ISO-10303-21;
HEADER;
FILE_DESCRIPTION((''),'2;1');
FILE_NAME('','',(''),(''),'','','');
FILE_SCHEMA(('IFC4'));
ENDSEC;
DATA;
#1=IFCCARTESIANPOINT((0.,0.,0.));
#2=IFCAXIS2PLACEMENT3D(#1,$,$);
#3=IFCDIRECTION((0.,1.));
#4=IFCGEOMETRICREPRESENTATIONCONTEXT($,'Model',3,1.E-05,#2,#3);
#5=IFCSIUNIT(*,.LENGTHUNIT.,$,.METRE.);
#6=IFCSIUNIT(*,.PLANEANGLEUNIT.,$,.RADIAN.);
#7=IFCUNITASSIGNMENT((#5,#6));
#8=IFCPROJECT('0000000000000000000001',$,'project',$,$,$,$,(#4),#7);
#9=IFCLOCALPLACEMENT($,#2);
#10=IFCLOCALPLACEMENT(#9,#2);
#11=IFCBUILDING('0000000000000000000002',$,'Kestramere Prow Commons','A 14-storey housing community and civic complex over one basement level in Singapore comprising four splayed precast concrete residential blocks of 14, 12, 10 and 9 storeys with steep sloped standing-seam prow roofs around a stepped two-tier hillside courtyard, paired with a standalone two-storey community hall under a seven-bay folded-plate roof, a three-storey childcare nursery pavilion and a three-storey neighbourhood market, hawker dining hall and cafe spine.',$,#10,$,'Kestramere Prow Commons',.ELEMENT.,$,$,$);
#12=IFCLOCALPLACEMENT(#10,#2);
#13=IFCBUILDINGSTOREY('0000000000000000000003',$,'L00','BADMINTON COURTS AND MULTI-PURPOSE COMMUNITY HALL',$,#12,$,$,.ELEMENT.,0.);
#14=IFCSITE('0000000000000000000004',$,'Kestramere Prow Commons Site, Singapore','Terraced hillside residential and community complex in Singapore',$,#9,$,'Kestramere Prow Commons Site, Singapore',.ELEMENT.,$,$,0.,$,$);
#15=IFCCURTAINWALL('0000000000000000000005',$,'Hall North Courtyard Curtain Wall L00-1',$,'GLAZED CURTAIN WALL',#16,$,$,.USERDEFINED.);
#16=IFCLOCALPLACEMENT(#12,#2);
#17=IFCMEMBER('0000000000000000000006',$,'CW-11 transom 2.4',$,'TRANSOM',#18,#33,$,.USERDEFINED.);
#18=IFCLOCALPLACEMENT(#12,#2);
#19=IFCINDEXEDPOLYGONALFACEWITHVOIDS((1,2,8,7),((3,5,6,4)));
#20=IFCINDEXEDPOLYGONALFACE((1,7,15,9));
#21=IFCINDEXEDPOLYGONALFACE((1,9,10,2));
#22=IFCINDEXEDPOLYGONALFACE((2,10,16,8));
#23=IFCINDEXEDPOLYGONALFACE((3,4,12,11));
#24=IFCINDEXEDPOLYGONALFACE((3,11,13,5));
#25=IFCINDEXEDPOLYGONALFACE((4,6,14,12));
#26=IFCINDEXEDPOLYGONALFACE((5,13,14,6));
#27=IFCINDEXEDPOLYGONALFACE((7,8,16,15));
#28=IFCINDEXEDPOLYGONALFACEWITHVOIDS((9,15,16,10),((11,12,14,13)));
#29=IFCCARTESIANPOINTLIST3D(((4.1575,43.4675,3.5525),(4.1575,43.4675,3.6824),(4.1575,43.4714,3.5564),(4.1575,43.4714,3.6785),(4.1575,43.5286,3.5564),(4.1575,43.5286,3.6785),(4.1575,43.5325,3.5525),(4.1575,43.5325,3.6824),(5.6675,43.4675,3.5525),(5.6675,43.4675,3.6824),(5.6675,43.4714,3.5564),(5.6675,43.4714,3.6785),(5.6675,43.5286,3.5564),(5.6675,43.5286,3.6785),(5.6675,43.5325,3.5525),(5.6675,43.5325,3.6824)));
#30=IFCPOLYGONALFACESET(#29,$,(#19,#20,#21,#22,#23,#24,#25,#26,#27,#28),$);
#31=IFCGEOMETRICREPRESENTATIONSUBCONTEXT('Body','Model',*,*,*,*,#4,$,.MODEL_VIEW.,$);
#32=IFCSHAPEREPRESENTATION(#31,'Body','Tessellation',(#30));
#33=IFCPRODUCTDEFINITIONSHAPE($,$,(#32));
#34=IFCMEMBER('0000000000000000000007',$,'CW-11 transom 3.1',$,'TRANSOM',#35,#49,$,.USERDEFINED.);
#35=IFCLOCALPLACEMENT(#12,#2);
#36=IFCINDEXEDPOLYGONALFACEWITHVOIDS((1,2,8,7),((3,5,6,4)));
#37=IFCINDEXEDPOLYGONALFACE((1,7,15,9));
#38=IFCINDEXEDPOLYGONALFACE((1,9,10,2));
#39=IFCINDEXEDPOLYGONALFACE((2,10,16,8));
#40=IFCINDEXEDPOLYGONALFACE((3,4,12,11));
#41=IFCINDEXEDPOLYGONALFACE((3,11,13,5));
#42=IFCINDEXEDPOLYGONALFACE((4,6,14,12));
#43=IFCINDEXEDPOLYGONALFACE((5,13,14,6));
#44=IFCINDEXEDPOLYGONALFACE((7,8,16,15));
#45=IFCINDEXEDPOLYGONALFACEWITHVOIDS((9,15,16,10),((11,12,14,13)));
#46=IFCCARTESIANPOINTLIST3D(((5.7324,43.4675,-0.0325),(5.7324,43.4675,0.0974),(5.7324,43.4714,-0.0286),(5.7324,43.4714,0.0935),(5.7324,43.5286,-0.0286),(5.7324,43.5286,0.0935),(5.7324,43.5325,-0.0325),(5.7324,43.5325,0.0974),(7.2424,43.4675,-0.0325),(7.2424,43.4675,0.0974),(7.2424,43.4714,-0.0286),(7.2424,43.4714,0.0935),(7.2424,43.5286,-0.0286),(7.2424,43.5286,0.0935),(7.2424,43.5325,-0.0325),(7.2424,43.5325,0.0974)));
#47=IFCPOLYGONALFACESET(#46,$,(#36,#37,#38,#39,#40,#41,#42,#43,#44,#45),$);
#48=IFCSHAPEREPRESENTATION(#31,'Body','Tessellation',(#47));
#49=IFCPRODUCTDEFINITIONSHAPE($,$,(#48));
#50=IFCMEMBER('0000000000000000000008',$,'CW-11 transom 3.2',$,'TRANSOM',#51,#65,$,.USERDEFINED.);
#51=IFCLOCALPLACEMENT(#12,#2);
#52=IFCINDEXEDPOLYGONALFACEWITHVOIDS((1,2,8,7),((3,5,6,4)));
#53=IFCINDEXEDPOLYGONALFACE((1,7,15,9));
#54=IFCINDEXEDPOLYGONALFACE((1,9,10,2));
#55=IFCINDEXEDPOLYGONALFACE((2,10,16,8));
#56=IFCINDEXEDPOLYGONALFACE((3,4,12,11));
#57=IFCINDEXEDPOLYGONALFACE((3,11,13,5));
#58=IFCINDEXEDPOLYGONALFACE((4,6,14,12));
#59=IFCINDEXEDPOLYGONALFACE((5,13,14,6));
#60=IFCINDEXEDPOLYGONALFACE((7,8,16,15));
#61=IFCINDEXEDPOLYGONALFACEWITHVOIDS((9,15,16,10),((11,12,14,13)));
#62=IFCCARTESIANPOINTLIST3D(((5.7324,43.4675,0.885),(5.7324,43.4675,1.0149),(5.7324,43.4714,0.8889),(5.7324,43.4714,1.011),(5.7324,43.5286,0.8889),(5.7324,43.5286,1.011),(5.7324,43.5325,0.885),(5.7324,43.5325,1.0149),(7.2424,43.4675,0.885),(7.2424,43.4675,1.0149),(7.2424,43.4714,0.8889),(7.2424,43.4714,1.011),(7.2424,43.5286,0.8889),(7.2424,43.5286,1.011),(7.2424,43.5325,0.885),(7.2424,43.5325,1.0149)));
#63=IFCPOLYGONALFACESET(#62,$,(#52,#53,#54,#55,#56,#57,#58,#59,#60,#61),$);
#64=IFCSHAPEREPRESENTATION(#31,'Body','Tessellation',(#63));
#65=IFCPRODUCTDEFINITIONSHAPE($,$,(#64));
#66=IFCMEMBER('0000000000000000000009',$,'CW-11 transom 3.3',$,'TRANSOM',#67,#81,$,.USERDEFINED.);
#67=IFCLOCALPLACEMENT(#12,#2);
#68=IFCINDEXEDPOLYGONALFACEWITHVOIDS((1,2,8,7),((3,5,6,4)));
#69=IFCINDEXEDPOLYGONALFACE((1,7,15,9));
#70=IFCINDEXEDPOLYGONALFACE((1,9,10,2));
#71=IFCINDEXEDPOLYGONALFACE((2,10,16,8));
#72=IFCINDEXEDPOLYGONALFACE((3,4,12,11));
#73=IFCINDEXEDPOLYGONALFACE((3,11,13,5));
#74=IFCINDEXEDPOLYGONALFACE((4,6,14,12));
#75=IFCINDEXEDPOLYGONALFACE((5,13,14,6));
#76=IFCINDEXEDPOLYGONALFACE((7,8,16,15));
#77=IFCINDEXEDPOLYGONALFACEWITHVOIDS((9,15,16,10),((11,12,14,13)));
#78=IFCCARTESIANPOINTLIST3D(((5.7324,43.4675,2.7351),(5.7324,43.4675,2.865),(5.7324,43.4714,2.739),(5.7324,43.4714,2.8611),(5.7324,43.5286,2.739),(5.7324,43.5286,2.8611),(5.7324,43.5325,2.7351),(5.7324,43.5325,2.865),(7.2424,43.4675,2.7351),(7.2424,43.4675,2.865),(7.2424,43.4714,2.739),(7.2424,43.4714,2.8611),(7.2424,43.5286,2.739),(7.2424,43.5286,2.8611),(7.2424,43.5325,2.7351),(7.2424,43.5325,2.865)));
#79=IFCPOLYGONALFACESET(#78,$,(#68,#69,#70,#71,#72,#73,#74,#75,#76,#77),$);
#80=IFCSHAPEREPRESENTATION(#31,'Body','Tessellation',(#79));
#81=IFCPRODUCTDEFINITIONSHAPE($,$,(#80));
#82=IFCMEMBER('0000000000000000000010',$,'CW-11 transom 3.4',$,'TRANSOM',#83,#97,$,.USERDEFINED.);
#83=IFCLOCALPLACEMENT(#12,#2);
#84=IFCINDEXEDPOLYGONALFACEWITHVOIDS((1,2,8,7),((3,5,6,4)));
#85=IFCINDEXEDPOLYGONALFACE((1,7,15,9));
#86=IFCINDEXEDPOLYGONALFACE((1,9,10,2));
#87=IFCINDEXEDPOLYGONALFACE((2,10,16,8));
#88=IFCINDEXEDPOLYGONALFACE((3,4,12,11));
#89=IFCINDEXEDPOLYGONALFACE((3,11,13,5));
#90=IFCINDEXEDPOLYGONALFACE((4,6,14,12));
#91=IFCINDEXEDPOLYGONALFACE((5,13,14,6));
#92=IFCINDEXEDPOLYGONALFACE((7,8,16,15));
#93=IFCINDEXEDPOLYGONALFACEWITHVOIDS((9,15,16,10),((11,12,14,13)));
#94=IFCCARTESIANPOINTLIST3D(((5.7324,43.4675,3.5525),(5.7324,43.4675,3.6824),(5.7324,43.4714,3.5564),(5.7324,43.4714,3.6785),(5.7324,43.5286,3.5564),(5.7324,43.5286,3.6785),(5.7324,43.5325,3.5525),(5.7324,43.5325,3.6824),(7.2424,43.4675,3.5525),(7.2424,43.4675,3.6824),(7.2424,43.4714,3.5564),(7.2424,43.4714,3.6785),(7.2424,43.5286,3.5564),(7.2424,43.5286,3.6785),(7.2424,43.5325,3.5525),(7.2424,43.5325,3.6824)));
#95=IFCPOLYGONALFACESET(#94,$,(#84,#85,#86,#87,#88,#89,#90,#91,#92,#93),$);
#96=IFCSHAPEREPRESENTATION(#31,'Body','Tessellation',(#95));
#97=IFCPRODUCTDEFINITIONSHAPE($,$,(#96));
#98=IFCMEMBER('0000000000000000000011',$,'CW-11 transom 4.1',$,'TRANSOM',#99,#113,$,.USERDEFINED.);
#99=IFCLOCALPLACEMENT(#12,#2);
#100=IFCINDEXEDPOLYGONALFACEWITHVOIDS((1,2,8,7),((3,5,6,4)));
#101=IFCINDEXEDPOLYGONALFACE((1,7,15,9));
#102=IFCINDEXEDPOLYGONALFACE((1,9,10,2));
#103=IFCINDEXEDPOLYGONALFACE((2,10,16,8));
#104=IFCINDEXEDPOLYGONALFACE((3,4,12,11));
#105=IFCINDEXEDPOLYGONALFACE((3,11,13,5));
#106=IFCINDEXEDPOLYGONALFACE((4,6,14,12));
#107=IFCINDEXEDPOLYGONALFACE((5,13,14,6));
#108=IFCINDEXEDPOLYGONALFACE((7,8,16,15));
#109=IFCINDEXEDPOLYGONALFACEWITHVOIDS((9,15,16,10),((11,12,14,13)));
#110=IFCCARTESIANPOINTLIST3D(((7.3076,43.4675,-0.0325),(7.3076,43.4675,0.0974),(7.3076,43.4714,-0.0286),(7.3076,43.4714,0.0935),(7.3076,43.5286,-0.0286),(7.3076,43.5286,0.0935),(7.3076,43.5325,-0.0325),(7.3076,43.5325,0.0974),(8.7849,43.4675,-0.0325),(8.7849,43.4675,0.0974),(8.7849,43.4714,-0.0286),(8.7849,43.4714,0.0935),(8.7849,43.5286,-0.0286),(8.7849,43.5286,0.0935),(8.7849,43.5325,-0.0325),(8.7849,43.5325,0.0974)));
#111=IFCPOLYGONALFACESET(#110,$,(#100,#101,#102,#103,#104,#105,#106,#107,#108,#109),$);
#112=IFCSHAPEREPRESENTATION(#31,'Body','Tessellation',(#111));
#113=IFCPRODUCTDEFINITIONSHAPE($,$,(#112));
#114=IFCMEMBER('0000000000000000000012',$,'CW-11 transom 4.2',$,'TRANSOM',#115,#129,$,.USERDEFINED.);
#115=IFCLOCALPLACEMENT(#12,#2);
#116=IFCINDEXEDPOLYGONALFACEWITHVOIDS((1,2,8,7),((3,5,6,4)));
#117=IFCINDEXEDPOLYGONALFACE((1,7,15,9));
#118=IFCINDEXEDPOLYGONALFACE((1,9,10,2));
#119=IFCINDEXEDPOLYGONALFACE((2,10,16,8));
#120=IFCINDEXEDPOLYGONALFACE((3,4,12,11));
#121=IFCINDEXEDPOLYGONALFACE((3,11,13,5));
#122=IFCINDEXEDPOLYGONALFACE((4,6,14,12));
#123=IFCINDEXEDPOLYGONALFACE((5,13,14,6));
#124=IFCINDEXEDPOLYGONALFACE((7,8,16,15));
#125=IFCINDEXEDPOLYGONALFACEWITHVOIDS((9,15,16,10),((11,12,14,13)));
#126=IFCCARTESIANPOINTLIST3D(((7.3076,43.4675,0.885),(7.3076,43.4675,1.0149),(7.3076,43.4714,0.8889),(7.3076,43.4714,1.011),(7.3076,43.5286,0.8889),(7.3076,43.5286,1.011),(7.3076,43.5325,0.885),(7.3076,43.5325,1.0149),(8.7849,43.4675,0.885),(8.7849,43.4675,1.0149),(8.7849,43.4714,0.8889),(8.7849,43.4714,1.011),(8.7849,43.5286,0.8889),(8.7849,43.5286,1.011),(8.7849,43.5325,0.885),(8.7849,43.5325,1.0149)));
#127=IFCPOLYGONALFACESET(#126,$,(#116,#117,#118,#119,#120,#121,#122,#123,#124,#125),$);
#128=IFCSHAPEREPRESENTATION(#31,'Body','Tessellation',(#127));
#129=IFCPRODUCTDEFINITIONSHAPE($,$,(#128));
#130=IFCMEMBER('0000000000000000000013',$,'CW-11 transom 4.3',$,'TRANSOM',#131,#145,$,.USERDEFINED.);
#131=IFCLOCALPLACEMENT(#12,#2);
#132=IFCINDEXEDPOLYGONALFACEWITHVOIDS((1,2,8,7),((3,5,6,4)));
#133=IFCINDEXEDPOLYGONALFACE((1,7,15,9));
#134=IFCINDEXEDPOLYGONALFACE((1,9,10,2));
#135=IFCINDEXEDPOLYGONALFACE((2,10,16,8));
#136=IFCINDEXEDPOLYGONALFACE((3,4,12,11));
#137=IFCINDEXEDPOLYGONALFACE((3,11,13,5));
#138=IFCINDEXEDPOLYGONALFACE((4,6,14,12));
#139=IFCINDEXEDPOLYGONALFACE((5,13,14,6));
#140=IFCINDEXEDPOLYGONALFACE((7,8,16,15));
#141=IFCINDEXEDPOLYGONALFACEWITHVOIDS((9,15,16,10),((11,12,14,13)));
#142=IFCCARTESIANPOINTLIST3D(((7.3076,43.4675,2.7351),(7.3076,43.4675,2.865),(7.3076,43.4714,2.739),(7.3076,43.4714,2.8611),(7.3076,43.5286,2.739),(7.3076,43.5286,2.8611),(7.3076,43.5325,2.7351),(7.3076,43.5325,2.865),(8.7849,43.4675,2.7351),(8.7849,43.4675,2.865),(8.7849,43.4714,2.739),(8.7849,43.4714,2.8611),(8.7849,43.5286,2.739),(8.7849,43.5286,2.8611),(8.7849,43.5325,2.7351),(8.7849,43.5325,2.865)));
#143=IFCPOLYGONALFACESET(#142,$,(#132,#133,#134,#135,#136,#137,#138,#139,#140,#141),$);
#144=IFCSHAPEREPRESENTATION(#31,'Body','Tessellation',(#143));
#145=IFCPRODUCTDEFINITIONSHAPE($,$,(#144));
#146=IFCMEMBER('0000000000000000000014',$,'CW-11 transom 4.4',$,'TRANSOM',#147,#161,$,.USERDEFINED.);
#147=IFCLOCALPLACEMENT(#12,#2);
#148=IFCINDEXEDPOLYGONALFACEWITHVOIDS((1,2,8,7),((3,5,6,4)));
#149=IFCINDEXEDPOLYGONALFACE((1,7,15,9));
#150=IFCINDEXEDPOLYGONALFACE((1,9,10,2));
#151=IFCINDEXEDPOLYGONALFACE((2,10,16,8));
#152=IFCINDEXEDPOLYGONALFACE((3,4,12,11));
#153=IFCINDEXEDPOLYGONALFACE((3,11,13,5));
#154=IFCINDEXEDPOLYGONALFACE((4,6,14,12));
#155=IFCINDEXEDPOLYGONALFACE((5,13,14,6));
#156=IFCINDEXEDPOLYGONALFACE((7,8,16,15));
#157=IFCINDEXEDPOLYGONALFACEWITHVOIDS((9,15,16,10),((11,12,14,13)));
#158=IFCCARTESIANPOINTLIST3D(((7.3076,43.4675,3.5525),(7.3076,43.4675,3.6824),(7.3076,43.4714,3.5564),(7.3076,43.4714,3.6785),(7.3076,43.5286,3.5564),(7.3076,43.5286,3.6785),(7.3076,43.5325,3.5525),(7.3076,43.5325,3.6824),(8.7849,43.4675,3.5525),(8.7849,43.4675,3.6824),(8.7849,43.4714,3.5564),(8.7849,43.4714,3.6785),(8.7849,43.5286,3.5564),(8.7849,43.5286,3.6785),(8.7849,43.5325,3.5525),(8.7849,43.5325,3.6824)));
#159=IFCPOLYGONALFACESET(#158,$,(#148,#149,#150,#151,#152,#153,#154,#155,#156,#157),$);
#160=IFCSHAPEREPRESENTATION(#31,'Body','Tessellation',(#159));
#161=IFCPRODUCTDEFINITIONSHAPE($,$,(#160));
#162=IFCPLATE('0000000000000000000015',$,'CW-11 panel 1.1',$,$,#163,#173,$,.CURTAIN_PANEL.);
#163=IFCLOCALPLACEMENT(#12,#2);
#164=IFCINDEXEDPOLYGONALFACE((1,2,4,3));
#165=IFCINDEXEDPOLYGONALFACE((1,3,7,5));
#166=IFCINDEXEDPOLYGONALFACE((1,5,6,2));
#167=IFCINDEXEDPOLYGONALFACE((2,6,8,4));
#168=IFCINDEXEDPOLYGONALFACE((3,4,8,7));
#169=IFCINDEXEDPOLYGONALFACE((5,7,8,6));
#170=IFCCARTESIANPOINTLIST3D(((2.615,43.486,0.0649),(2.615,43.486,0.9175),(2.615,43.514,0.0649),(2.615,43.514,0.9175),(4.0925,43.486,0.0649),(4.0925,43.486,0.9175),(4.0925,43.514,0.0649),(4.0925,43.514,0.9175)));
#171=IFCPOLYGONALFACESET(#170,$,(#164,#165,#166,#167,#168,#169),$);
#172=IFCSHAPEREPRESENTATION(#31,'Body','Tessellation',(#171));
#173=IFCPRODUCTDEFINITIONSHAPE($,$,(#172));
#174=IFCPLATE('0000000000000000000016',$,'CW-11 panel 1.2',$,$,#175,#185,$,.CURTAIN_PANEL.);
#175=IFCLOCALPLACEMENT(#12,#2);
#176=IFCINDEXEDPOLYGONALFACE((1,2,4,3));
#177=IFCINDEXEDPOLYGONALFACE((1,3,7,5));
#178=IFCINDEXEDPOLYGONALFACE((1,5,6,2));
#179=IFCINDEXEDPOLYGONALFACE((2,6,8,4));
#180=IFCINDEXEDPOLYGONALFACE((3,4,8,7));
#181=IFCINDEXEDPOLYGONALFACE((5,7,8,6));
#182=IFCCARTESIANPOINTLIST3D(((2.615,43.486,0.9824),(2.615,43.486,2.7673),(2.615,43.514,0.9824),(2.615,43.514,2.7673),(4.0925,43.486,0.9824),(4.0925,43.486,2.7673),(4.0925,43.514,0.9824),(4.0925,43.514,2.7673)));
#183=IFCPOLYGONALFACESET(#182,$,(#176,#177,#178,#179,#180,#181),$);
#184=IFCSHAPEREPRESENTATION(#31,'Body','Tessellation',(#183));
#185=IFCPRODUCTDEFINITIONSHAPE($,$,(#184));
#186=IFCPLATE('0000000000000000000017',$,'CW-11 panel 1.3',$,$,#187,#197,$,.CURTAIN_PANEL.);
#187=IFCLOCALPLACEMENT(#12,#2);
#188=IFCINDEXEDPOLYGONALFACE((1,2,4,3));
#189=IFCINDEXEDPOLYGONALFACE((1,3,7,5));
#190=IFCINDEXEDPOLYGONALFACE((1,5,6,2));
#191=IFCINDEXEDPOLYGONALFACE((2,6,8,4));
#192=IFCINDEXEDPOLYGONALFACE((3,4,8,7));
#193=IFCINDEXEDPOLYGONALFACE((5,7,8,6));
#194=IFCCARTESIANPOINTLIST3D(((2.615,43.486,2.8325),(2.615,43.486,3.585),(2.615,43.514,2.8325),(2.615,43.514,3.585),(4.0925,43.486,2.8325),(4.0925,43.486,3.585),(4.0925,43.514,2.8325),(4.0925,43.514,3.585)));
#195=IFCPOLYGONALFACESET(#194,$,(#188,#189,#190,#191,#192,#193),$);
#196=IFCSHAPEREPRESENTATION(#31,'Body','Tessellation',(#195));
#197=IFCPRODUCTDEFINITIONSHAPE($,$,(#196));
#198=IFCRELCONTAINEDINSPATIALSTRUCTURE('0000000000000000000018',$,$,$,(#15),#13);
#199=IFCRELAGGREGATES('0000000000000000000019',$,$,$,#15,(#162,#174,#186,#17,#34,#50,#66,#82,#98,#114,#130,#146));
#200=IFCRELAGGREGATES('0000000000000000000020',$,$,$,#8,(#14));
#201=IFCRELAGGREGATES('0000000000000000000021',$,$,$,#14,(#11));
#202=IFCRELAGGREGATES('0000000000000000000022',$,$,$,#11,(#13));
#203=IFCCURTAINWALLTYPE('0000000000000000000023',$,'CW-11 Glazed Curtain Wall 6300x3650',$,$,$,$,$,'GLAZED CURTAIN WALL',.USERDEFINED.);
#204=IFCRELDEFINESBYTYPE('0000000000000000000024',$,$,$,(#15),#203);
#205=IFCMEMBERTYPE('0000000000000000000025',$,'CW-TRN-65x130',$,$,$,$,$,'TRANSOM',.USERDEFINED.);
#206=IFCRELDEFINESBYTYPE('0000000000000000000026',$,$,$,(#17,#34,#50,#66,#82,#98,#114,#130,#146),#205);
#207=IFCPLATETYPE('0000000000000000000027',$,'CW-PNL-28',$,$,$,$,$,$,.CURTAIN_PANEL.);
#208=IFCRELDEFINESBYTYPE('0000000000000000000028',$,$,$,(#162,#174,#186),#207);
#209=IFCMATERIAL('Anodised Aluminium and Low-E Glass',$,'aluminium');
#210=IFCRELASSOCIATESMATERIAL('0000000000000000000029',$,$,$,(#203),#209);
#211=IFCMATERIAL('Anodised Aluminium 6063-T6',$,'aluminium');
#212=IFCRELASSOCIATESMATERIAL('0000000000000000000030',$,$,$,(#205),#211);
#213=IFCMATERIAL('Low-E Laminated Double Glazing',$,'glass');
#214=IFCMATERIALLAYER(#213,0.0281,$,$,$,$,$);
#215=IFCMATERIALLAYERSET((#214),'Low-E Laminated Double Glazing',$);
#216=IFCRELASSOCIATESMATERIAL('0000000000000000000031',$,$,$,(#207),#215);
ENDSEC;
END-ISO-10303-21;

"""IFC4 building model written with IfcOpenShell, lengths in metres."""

from ifc_helpers import new_model, si_unit, direction, frame, origin, origin_2d, place, context, subcontext, project, spatial, rectangle, hollow_rectangle, extrude, material, layer, layer_set, material_profile, profile_set, type_object, element, aggregate, save


model = new_model("IFC4")

# Units and contexts
model_context = context("Model", 3, precision=1e-05, world=origin(), true_north=direction((0.0, 1.0)))
body_context = subcontext(model_context, "Body", "Model", "MODEL_VIEW")
ifc_project = project(units=[si_unit("LENGTHUNIT", "METRE"), si_unit("PLANEANGLEUNIT", "RADIAN")], contexts=[model_context])

# Site, building, storey
site_placement = place(None, origin())
site = spatial("IfcSite", under=ifc_project, at=site_placement, Name="Kestramere Prow Commons Site, Singapore", Description="Terraced hillside residential and community complex in Singapore", LongName="Kestramere Prow Commons Site, Singapore", CompositionType="ELEMENT", RefElevation=0.0)
building_placement = place(site_placement, origin())
building = spatial("IfcBuilding", under=site, at=building_placement, Name="Kestramere Prow Commons", Description="A 14-storey housing community and civic complex over one basement level in Singapore comprising four splayed precast concrete residential blocks of 14, 12, 10 and 9 storeys with steep sloped standing-seam prow roofs around a stepped two-tier hillside courtyard, paired with a standalone two-storey community hall under a seven-bay folded-plate roof, a three-storey childcare nursery pavilion and a three-storey neighbourhood market, hawker dining hall and cafe spine.", LongName="Kestramere Prow Commons", CompositionType="ELEMENT")
storey_placement = place(building_placement, origin())
storey = spatial("IfcBuildingStorey", under=building, at=storey_placement, Name="L00", Description="BADMINTON COURTS AND MULTI-PURPOSE COMMUNITY HALL", CompositionType="ELEMENT", Elevation=0.0)

# Curtain wall, members, plates
ifc_material_1 = material(Name="Anodised Aluminium and Low-E Glass", Category="aluminium")
curtain_wall_type = type_object("IfcCurtainWallType", Name="CW-11 Glazed Curtain Wall 6300x3650", ElementType="GLAZED CURTAIN WALL", PredefinedType="USERDEFINED", material=ifc_material_1)
curtain_wall_placement = place(storey_placement, origin())
curtain_wall = element("IfcCurtainWall", 1, at=curtain_wall_placement, inside=storey, type_object=curtain_wall_type, Name="Hall North Courtyard Curtain Wall L00-1", ObjectType="GLAZED CURTAIN WALL", PredefinedType="USERDEFINED")
ifc_material_2 = material(Name="Anodised Aluminium 6063-T6", Category="aluminium")
ifc_material_profile_1 = material_profile(ifc_material_2, hollow_rectangle(XDim=0.0649, YDim=0.1299, WallThickness=0.0039, at=origin_2d()), Name="ALU-TRN 65x130")
ifc_profile_set_1 = profile_set([ifc_material_profile_1], Name="Anodised Aluminium 6063-T6")
member_type_1 = type_object("IfcMemberType", Name="CW-TRN-65x130", ElementType="TRANSOM", PredefinedType="USERDEFINED", material=ifc_profile_set_1)
member_1_placement = place(storey_placement, frame((4.1575, 43.5, 3.6174), z_axis=(1.0, 0.0, 0.0), x_axis=(0.0, 1.0, 0.0)))
member_1 = element("IfcMember", 2, at=member_1_placement, type_object=member_type_1, Name="CW-11 transom 2.4", ObjectType="TRANSOM", PredefinedType="USERDEFINED", context=body_context, shape_type="SweptSolid", body=[
    extrude(hollow_rectangle(XDim=0.0649, YDim=0.1299, WallThickness=0.0039, at=origin_2d()), origin(), (0.0, 0.0, 1.0), 1.51),
])
member_2_placement = place(storey_placement, frame((5.7324, 43.5, 0.0325), z_axis=(1.0, 0.0, 0.0), x_axis=(0.0, 1.0, 0.0)))
member_2 = element("IfcMember", 3, at=member_2_placement, type_object=member_type_1, Name="CW-11 transom 3.1", ObjectType="TRANSOM", PredefinedType="USERDEFINED", context=body_context, shape_type="SweptSolid", body=[
    extrude(hollow_rectangle(XDim=0.0649, YDim=0.1299, WallThickness=0.0039, at=origin_2d()), origin(), (0.0, 0.0, 1.0), 1.51),
])
member_3_placement = place(storey_placement, frame((5.7324, 43.5, 0.95), z_axis=(1.0, 0.0, 0.0), x_axis=(0.0, 1.0, 0.0)))
member_3 = element("IfcMember", 4, at=member_3_placement, type_object=member_type_1, Name="CW-11 transom 3.2", ObjectType="TRANSOM", PredefinedType="USERDEFINED", context=body_context, shape_type="SweptSolid", body=[
    extrude(hollow_rectangle(XDim=0.0649, YDim=0.1299, WallThickness=0.0039, at=origin_2d()), origin(), (0.0, 0.0, 1.0), 1.51),
])
member_4_placement = place(storey_placement, frame((5.7324, 43.5, 2.8), z_axis=(1.0, 0.0, 0.0), x_axis=(0.0, 1.0, 0.0)))
member_4 = element("IfcMember", 5, at=member_4_placement, type_object=member_type_1, Name="CW-11 transom 3.3", ObjectType="TRANSOM", PredefinedType="USERDEFINED", context=body_context, shape_type="SweptSolid", body=[
    extrude(hollow_rectangle(XDim=0.0649, YDim=0.1299, WallThickness=0.0039, at=origin_2d()), origin(), (0.0, 0.0, 1.0), 1.51),
])
member_5_placement = place(storey_placement, frame((5.7324, 43.5, 3.6174), z_axis=(1.0, 0.0, 0.0), x_axis=(0.0, 1.0, 0.0)))
member_5 = element("IfcMember", 6, at=member_5_placement, type_object=member_type_1, Name="CW-11 transom 3.4", ObjectType="TRANSOM", PredefinedType="USERDEFINED", context=body_context, shape_type="SweptSolid", body=[
    extrude(hollow_rectangle(XDim=0.0649, YDim=0.1299, WallThickness=0.0039, at=origin_2d()), origin(), (0.0, 0.0, 1.0), 1.51),
])
member_6_placement = place(storey_placement, frame((7.3076, 43.5, 0.0325), z_axis=(1.0, 0.0, 0.0), x_axis=(0.0, 1.0, 0.0)))
member_6 = element("IfcMember", 7, at=member_6_placement, type_object=member_type_1, Name="CW-11 transom 4.1", ObjectType="TRANSOM", PredefinedType="USERDEFINED", context=body_context, shape_type="SweptSolid", body=[
    extrude(hollow_rectangle(XDim=0.0649, YDim=0.1299, WallThickness=0.0039, at=origin_2d()), origin(), (0.0, 0.0, 1.0), 1.4773),
])
member_7_placement = place(storey_placement, frame((7.3076, 43.5, 0.95), z_axis=(1.0, 0.0, 0.0), x_axis=(0.0, 1.0, 0.0)))
member_7 = element("IfcMember", 8, at=member_7_placement, type_object=member_type_1, Name="CW-11 transom 4.2", ObjectType="TRANSOM", PredefinedType="USERDEFINED", context=body_context, shape_type="SweptSolid", body=[
    extrude(hollow_rectangle(XDim=0.0649, YDim=0.1299, WallThickness=0.0039, at=origin_2d()), origin(), (0.0, 0.0, 1.0), 1.4773),
])
member_8_placement = place(storey_placement, frame((7.3076, 43.5, 2.8), z_axis=(1.0, 0.0, 0.0), x_axis=(0.0, 1.0, 0.0)))
member_8 = element("IfcMember", 9, at=member_8_placement, type_object=member_type_1, Name="CW-11 transom 4.3", ObjectType="TRANSOM", PredefinedType="USERDEFINED", context=body_context, shape_type="SweptSolid", body=[
    extrude(hollow_rectangle(XDim=0.0649, YDim=0.1299, WallThickness=0.0039, at=origin_2d()), origin(), (0.0, 0.0, 1.0), 1.4773),
])
member_9_placement = place(storey_placement, frame((7.3076, 43.5, 3.6174), z_axis=(1.0, 0.0, 0.0), x_axis=(0.0, 1.0, 0.0)))
member_9 = element("IfcMember", 10, at=member_9_placement, type_object=member_type_1, Name="CW-11 transom 4.4", ObjectType="TRANSOM", PredefinedType="USERDEFINED", context=body_context, shape_type="SweptSolid", body=[
    extrude(hollow_rectangle(XDim=0.0649, YDim=0.1299, WallThickness=0.0039, at=origin_2d()), origin(), (0.0, 0.0, 1.0), 1.4773),
])
ifc_material_3 = material(Name="Low-E Laminated Double Glazing", Category="glass")
ifc_layer = layer(ifc_material_3, 0.0281)
ifc_layer_set = layer_set([ifc_layer], Name="Low-E Laminated Double Glazing")
plate_type = type_object("IfcPlateType", Name="CW-PNL-28", PredefinedType="CURTAIN_PANEL", material=ifc_layer_set)
plate_1_placement = place(storey_placement, frame((3.3538, 43.5, 0.0649), z_axis=(0.0, 0.0, 1.0), x_axis=(1.0, 0.0, 0.0)))
plate_1 = element("IfcPlate", 11, at=plate_1_placement, type_object=plate_type, Name="CW-11 panel 1.1", PredefinedType="CURTAIN_PANEL", context=body_context, shape_type="SweptSolid", body=[
    extrude(rectangle(XDim=1.4775, YDim=0.0281, at=origin_2d()), origin(), (0.0, 0.0, 1.0), 0.8525),
])
plate_2_placement = place(storey_placement, frame((3.3538, 43.5, 0.9824), z_axis=(0.0, 0.0, 1.0), x_axis=(1.0, 0.0, 0.0)))
plate_2 = element("IfcPlate", 12, at=plate_2_placement, type_object=plate_type, Name="CW-11 panel 1.2", PredefinedType="CURTAIN_PANEL", context=body_context, shape_type="SweptSolid", body=[
    extrude(rectangle(XDim=1.4775, YDim=0.0281, at=origin_2d()), origin(), (0.0, 0.0, 1.0), 1.7849),
])
plate_3_placement = place(storey_placement, frame((3.3538, 43.5, 2.8325), z_axis=(0.0, 0.0, 1.0), x_axis=(1.0, 0.0, 0.0)))
plate_3 = element("IfcPlate", 13, at=plate_3_placement, type_object=plate_type, Name="CW-11 panel 1.3", PredefinedType="CURTAIN_PANEL", context=body_context, shape_type="SweptSolid", body=[
    extrude(rectangle(XDim=1.4775, YDim=0.0281, at=origin_2d()), origin(), (0.0, 0.0, 1.0), 0.7524),
])
aggregate(curtain_wall, [plate_1, plate_2, plate_3, member_1, member_2, member_3, member_4, member_5, member_6, member_7, member_8, member_9])

save(model, "model.ifc")
